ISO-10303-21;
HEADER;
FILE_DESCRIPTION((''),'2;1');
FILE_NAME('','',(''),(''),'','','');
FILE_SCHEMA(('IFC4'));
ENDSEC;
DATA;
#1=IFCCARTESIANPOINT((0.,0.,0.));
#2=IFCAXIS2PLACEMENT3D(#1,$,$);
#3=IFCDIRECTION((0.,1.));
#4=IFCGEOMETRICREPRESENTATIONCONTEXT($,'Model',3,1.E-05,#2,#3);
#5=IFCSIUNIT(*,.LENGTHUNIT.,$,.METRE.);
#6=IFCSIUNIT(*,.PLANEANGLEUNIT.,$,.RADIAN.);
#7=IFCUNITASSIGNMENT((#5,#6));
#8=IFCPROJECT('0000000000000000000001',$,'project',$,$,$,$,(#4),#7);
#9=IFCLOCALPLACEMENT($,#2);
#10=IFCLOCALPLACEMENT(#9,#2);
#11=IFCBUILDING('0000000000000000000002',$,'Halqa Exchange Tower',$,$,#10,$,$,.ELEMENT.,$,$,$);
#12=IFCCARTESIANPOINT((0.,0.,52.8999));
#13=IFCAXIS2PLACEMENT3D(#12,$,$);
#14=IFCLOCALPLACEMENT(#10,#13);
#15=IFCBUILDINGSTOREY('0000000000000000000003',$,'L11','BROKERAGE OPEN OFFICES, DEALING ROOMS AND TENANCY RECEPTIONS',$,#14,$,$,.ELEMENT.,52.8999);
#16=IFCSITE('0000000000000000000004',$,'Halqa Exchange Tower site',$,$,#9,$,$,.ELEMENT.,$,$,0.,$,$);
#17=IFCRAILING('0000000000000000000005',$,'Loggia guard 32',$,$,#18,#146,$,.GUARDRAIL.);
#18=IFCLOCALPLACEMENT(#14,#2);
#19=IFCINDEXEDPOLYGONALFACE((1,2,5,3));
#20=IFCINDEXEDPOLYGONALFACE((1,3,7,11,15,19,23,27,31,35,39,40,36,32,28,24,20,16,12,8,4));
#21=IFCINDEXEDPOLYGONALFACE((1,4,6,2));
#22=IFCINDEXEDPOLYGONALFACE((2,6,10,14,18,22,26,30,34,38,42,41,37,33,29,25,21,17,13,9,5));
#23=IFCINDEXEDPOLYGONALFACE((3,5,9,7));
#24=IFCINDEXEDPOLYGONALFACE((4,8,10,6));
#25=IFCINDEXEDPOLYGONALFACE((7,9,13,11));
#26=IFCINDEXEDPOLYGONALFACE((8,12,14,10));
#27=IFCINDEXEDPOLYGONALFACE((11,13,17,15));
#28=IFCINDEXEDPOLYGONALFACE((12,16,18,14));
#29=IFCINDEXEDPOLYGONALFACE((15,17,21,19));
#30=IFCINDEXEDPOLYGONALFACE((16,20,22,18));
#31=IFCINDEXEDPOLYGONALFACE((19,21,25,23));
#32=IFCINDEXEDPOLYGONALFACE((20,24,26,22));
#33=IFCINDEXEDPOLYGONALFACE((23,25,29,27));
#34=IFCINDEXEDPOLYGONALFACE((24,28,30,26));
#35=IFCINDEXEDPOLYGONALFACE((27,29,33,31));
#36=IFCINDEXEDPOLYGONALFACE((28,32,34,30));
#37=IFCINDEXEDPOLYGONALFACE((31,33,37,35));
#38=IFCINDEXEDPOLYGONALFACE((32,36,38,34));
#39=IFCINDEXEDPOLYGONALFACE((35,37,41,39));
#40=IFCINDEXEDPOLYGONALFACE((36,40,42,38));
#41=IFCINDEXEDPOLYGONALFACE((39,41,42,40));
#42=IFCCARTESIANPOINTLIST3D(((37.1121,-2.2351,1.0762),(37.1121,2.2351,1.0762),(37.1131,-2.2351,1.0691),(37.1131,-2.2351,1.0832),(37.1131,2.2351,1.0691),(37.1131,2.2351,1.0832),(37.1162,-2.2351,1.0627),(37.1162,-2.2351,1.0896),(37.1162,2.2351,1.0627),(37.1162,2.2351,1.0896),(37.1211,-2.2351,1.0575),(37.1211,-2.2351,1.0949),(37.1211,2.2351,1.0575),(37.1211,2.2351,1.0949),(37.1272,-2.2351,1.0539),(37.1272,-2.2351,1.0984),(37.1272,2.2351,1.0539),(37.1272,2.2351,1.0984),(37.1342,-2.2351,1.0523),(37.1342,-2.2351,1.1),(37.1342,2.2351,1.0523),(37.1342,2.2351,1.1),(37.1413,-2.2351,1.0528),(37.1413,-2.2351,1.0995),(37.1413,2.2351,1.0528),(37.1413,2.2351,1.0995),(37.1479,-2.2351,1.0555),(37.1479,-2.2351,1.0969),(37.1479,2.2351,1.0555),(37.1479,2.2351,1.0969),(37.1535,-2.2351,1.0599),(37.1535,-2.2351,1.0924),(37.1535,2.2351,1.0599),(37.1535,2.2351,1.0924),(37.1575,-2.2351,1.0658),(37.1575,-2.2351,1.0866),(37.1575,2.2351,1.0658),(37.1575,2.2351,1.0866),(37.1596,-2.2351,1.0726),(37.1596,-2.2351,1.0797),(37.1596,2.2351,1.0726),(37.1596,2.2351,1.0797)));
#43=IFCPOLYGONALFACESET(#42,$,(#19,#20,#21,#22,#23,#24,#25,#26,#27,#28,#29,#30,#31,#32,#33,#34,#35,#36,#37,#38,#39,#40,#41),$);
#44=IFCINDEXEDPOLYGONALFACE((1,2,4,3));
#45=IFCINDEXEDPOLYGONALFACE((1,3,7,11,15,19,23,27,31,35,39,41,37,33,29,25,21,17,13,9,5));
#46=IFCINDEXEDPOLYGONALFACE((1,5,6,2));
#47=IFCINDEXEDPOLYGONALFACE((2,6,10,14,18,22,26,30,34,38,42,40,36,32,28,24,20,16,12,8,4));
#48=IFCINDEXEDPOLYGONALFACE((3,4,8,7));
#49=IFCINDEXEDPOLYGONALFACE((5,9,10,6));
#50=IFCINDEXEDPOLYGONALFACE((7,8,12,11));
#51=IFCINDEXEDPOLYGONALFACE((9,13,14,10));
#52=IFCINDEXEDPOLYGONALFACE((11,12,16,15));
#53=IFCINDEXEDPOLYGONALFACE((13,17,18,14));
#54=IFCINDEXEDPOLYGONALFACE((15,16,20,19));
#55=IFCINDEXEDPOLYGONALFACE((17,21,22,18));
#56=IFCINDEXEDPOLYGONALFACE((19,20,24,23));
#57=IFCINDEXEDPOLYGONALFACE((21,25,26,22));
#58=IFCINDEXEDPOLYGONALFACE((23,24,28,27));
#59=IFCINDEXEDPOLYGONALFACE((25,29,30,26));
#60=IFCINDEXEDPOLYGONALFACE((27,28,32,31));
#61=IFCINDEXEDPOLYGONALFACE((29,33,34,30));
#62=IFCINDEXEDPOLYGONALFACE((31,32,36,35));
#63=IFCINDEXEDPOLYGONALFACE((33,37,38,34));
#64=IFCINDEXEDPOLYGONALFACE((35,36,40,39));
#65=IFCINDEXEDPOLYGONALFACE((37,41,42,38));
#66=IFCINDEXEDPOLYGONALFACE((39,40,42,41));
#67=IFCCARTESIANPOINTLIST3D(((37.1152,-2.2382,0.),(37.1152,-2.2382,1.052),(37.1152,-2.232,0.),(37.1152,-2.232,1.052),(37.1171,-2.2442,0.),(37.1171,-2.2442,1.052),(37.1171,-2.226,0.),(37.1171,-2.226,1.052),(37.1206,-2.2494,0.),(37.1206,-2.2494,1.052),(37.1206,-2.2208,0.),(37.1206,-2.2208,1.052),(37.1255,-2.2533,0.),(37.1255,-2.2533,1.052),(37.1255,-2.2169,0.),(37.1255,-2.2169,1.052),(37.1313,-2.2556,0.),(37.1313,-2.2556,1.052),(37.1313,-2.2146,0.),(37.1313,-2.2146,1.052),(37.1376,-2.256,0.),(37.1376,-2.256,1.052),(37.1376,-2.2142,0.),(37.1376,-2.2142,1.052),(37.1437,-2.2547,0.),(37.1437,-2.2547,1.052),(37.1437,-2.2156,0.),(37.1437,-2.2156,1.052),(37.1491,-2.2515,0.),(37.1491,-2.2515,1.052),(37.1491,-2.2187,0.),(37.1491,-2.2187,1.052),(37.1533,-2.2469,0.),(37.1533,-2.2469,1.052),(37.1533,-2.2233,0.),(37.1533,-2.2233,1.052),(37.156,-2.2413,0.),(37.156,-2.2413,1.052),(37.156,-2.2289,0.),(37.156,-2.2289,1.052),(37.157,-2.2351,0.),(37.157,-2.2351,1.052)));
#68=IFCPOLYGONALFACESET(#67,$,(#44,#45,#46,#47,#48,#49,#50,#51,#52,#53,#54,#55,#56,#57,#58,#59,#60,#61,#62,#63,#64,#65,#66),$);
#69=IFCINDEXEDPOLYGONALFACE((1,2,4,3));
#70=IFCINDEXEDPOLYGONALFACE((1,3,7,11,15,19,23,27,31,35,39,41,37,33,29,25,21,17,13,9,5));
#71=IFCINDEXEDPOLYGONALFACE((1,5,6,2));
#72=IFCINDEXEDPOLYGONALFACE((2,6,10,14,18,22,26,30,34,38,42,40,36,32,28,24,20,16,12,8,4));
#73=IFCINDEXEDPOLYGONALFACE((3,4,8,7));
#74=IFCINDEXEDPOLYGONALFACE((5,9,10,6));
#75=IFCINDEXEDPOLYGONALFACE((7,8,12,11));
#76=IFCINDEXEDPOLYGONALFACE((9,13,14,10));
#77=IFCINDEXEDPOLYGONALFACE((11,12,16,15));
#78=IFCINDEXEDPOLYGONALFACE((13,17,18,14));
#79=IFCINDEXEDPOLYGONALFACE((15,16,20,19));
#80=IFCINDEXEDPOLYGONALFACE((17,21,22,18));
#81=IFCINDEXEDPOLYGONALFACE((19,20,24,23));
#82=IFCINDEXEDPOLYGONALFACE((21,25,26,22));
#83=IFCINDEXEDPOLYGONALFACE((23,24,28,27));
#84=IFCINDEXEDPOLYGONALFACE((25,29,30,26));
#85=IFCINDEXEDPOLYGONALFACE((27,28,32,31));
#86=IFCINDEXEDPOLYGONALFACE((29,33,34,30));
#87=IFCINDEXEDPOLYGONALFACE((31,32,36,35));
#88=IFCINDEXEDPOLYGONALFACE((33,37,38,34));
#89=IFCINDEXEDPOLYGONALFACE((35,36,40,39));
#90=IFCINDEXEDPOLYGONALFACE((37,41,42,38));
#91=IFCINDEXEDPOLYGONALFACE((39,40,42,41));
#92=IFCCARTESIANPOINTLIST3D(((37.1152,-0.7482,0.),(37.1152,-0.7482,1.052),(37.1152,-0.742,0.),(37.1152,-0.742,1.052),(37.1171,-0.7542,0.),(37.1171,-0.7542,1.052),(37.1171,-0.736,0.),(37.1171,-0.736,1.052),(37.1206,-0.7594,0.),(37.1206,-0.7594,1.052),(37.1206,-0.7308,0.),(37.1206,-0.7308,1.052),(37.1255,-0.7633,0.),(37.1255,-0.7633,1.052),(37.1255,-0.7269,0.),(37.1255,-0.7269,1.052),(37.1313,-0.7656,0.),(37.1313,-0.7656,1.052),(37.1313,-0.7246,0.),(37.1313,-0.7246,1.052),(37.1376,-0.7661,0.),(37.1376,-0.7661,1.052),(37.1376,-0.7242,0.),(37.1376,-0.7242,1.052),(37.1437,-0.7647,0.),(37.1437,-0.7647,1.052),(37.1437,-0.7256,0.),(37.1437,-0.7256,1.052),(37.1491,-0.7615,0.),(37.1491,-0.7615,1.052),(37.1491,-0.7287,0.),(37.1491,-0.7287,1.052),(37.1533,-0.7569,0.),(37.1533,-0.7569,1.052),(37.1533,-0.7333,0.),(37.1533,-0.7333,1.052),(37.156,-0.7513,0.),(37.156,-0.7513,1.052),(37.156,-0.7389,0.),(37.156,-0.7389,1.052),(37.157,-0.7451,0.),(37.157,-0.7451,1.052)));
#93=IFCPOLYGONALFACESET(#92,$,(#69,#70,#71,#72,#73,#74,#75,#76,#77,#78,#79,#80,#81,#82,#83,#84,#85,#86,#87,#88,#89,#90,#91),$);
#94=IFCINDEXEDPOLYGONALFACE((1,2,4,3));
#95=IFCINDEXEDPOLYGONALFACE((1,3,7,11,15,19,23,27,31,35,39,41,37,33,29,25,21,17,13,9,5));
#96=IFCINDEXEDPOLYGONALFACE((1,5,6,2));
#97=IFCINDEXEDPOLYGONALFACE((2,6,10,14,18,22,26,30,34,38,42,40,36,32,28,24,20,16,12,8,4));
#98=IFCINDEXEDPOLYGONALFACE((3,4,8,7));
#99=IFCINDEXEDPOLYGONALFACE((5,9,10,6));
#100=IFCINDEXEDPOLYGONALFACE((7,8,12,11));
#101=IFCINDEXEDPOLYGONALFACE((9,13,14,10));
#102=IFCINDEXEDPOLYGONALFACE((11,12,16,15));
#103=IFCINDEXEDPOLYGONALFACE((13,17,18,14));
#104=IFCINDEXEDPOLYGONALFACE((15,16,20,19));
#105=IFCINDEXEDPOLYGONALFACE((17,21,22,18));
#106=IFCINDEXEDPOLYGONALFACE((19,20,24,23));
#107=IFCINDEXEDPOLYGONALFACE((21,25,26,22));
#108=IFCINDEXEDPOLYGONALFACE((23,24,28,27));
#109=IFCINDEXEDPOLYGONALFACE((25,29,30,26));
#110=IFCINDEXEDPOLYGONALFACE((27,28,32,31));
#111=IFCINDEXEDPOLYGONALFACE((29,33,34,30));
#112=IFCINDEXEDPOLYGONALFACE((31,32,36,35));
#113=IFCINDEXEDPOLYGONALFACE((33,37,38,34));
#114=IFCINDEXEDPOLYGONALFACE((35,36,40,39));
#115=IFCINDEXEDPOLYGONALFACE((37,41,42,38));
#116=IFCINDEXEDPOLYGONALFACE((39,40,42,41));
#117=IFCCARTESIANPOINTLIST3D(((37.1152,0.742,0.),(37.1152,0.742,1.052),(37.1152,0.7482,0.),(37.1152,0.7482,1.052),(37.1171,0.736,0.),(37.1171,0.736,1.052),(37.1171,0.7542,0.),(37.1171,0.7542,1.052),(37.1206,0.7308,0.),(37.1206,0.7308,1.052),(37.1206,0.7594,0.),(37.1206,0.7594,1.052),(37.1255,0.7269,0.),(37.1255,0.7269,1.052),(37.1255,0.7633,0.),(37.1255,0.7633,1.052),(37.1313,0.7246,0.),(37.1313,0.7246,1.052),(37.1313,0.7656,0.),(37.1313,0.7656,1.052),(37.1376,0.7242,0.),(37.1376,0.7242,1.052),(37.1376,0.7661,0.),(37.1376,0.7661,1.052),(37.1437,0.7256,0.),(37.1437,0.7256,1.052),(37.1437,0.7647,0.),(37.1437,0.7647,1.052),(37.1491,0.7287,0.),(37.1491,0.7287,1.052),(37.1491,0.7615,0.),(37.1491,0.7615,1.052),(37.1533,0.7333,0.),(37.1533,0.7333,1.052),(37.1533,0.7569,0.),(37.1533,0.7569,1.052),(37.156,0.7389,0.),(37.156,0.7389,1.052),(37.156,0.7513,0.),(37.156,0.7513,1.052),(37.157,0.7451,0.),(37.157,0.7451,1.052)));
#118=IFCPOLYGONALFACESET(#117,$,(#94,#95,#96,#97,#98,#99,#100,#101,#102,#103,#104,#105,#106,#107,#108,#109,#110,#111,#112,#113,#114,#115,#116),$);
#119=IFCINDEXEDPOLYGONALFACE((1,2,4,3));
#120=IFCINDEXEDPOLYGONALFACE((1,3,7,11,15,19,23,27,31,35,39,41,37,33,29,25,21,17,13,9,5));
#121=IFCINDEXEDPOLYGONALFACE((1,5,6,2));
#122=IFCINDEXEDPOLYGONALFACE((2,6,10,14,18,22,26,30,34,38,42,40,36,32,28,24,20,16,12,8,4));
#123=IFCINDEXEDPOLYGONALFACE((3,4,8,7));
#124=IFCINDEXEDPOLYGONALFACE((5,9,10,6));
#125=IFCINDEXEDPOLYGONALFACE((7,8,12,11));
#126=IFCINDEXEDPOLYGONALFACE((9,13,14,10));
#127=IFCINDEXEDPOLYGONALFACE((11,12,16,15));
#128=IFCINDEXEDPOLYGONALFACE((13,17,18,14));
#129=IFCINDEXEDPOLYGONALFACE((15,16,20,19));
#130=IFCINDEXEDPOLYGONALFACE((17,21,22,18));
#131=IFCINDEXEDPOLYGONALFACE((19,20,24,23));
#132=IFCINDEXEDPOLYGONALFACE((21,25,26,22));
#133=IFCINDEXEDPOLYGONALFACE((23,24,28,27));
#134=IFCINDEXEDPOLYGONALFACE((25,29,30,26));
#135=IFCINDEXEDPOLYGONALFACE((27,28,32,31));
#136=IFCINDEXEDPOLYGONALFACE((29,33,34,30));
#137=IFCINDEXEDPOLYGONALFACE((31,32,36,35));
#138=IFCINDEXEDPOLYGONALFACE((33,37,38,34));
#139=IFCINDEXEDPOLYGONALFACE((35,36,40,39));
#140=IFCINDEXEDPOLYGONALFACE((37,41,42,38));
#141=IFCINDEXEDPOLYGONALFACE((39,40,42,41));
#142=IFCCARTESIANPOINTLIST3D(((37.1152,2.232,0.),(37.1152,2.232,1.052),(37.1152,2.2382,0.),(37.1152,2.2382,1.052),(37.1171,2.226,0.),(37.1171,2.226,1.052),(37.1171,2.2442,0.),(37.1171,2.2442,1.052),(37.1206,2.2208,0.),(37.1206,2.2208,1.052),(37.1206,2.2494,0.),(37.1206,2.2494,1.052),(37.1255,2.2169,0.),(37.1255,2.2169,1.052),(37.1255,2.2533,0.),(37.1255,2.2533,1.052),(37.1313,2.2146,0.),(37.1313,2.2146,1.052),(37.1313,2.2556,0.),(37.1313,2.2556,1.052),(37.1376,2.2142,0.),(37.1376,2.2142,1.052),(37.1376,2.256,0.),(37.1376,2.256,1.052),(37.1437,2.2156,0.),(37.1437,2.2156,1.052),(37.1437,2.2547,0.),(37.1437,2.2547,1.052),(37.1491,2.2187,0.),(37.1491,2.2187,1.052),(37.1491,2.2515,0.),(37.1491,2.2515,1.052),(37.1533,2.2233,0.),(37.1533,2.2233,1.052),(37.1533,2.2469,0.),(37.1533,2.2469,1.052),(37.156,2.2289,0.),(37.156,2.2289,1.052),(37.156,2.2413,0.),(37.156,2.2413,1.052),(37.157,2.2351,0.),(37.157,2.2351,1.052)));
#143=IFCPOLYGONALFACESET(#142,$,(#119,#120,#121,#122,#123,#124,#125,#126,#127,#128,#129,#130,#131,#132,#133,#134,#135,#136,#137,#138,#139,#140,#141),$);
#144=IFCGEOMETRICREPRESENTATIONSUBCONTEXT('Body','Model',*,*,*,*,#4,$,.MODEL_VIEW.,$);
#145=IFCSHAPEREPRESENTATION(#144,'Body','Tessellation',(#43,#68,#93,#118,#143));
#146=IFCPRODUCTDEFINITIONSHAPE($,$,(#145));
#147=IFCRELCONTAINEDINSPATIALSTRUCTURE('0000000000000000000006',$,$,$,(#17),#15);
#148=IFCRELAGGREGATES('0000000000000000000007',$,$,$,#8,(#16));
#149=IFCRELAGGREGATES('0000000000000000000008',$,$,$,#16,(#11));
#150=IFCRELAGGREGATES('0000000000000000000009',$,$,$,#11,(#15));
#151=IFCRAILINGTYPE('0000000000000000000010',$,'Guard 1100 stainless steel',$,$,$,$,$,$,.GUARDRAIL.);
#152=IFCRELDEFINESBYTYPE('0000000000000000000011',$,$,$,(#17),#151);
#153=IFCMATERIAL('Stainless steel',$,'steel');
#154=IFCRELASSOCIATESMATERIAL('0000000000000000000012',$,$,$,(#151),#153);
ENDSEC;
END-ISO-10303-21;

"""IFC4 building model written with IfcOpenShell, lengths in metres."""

from ifc_helpers import new_model, si_unit, direction, frame, origin, origin_2d, place, context, subcontext, project, spatial, circle, extrude, material, type_object, element, save


model = new_model("IFC4")

# Units and contexts
model_context = context("Model", 3, precision=1e-05, world=origin(), true_north=direction((0.0, 1.0)))
body_context = subcontext(model_context, "Body", "Model", "MODEL_VIEW")
ifc_project = project(units=[si_unit("LENGTHUNIT", "METRE"), si_unit("PLANEANGLEUNIT", "RADIAN")], contexts=[model_context])

# Site, building, storey
site_placement = place(None, origin())
site = spatial("IfcSite", under=ifc_project, at=site_placement, Name="Halqa Exchange Tower site", CompositionType="ELEMENT", RefElevation=0.0)
building_placement = place(site_placement, origin())
building = spatial("IfcBuilding", under=site, at=building_placement, Name="Halqa Exchange Tower", CompositionType="ELEMENT")
storey_placement = place(building_placement, frame((0.0, 0.0, 52.8999)))
storey = spatial("IfcBuildingStorey", under=building, at=storey_placement, Name="L11", Description="BROKERAGE OPEN OFFICES, DEALING ROOMS AND TENANCY RECEPTIONS", CompositionType="ELEMENT", Elevation=52.8999)

# Railing
ifc_material_1 = material(Name="Stainless steel", Category="steel")
railing_type = type_object("IfcRailingType", Name="Guard 1100 stainless steel", PredefinedType="GUARDRAIL", material=ifc_material_1)
railing_1_placement = place(storey_placement, frame((37.136, -2.2351, 0.0)))
element("IfcRailing", 1, at=railing_1_placement, inside=storey, type_object=railing_type, Name="Loggia guard 32", PredefinedType="GUARDRAIL", context=body_context, shape_type="SweptSolid", body=[
    extrude(circle(Radius=0.0239, at=origin_2d()), frame((0.0, 0.0, 1.0762), z_axis=(0.0, 1.0, 0.0), x_axis=(-1.0, 0.0, 0.0)), (0.0, 0.0, 1.0), 4.4702),
    extrude(circle(Radius=0.021, at=origin_2d()), origin(), (0.0, 0.0, 1.0), 1.052),
    extrude(circle(Radius=0.021, at=origin_2d()), frame((0.0, 1.49, 0.0)), (0.0, 0.0, 1.0), 1.052),
    extrude(circle(Radius=0.021, at=origin_2d()), frame((0.0, 2.9802, 0.0)), (0.0, 0.0, 1.0), 1.052),
    extrude(circle(Radius=0.021, at=origin_2d()), frame((0.0, 4.4702, 0.0)), (0.0, 0.0, 1.0), 1.052),
])

save(model, "model.ifc")
